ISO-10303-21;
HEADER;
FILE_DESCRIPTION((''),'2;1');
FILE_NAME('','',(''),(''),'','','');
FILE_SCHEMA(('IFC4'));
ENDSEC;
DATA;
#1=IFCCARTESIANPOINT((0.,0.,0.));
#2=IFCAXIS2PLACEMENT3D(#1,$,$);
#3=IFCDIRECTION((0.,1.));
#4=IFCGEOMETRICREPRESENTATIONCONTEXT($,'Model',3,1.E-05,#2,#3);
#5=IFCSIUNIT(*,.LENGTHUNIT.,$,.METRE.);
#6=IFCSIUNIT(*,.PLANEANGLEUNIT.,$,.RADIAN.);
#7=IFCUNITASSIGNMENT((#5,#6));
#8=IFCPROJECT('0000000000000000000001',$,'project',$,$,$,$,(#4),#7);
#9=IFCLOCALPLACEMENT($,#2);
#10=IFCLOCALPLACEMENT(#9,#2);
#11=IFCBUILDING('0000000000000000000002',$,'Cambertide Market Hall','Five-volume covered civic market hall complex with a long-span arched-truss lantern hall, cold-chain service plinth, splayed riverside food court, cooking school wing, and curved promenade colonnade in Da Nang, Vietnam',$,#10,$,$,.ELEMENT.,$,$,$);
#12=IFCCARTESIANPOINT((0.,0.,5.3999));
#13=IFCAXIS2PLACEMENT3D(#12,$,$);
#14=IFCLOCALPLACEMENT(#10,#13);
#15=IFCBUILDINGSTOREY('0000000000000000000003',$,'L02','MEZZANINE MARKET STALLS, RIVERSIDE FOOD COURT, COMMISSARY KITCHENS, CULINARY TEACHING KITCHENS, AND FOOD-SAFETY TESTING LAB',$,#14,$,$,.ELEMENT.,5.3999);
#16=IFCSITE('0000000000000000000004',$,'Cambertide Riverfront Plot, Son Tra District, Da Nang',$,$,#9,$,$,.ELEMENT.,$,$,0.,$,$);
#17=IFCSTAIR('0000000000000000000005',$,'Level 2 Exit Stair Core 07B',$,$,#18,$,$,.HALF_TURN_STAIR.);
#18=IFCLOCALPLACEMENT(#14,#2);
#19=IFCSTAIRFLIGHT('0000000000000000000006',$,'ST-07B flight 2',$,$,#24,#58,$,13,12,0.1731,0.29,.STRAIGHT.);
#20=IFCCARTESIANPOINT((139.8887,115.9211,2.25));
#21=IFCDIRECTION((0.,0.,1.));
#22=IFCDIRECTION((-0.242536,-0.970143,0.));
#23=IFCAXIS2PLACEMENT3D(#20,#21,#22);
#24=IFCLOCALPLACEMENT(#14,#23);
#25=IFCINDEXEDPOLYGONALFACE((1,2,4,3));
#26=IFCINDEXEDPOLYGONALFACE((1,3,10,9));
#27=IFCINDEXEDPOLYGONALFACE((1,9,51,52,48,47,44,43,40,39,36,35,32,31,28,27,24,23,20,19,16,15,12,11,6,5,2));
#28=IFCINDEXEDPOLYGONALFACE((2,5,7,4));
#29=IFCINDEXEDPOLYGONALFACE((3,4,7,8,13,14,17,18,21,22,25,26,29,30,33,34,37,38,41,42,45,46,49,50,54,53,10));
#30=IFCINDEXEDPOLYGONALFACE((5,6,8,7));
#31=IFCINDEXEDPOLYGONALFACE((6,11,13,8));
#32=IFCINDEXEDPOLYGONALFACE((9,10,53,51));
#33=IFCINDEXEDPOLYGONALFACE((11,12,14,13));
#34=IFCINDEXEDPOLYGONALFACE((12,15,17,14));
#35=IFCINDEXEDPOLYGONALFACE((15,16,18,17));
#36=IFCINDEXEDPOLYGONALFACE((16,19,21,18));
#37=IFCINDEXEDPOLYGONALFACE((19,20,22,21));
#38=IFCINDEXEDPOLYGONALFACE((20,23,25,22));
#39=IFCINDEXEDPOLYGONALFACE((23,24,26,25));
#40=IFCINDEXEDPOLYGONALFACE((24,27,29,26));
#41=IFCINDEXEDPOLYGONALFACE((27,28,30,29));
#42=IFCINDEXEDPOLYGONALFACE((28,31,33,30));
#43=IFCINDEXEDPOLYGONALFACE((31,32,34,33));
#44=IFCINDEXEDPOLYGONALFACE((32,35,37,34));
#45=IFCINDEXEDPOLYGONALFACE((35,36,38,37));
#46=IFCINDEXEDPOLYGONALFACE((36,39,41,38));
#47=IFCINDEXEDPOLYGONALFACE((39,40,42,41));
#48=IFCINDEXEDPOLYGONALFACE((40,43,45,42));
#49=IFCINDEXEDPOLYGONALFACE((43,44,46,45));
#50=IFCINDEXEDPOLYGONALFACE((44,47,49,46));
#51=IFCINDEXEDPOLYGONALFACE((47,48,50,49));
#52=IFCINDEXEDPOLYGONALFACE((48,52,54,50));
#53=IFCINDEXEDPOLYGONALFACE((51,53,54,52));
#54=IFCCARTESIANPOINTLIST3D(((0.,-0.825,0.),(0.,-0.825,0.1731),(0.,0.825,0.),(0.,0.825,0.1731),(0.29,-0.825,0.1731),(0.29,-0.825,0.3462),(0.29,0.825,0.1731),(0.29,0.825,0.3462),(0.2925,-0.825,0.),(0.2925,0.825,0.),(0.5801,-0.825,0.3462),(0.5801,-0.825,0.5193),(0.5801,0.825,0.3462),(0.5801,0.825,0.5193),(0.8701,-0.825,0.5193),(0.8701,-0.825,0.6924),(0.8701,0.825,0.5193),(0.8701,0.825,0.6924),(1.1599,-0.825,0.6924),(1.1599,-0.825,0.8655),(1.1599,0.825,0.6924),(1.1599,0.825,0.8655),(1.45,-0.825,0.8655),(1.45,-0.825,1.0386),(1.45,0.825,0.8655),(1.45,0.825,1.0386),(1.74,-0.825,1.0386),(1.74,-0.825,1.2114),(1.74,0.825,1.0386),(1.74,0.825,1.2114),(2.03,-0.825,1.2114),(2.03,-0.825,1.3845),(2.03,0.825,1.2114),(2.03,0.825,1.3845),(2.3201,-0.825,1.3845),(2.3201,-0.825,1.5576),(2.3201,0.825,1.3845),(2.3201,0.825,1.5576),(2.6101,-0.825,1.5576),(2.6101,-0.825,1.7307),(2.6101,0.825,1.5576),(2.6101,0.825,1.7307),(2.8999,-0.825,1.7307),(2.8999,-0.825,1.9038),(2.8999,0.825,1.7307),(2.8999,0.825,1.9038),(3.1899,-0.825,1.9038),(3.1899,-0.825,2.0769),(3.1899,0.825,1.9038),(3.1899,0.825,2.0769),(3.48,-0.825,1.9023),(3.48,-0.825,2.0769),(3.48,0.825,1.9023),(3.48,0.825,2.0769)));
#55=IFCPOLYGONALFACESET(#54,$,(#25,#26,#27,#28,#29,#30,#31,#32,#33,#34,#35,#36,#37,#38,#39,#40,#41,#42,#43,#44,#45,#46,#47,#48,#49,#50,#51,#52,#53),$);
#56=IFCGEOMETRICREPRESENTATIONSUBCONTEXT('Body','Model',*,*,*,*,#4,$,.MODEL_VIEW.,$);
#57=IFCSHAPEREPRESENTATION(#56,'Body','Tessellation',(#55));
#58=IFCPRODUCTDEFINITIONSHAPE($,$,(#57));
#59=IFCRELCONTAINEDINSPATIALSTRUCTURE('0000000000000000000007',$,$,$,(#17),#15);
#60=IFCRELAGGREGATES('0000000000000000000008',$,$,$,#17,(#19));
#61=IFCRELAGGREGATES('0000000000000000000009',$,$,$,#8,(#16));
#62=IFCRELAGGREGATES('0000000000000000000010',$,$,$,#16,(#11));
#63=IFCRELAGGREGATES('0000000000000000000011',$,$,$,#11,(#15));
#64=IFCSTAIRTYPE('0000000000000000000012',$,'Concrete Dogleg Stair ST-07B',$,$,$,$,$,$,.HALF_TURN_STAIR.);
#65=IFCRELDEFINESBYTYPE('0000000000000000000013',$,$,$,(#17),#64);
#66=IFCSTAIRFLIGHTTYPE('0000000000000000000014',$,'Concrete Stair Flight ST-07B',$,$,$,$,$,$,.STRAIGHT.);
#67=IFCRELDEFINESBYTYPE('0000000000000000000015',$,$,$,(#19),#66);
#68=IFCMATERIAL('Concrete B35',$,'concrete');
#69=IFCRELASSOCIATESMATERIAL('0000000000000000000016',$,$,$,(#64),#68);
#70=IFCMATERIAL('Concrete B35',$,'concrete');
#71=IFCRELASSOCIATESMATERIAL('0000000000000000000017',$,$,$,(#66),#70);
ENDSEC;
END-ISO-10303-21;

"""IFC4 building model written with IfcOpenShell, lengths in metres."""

from ifc_helpers import new_model, si_unit, direction, frame, origin, place, context, subcontext, project, spatial, polyline, outline, extrude, material, type_object, element, aggregate, save


model = new_model("IFC4")

# Units and contexts
model_context = context("Model", 3, precision=1e-05, world=origin(), true_north=direction((0.0, 1.0)))
body_context = subcontext(model_context, "Body", "Model", "MODEL_VIEW")
ifc_project = project(units=[si_unit("LENGTHUNIT", "METRE"), si_unit("PLANEANGLEUNIT", "RADIAN")], contexts=[model_context])

# Site, building, storey
site_placement = place(None, origin())
site = spatial("IfcSite", under=ifc_project, at=site_placement, Name="Cambertide Riverfront Plot, Son Tra District, Da Nang", CompositionType="ELEMENT", RefElevation=0.0)
building_placement = place(site_placement, origin())
building = spatial("IfcBuilding", under=site, at=building_placement, Name="Cambertide Market Hall", Description="Five-volume covered civic market hall complex with a long-span arched-truss lantern hall, cold-chain service plinth, splayed riverside food court, cooking school wing, and curved promenade colonnade in Da Nang, Vietnam", CompositionType="ELEMENT")
storey_placement = place(building_placement, frame((0.0, 0.0, 5.3999)))
storey = spatial("IfcBuildingStorey", under=building, at=storey_placement, Name="L02", Description="MEZZANINE MARKET STALLS, RIVERSIDE FOOD COURT, COMMISSARY KITCHENS, CULINARY TEACHING KITCHENS, AND FOOD-SAFETY TESTING LAB", CompositionType="ELEMENT", Elevation=5.3999)

# Stair, stair flight
ifc_material_1 = material(Name="Concrete B35", Category="concrete")
stair_type = type_object("IfcStairType", Name="Concrete Dogleg Stair ST-07B", PredefinedType="HALF_TURN_STAIR", material=ifc_material_1)
stair_placement = place(storey_placement, origin())
stair = element("IfcStair", 1, at=stair_placement, inside=storey, type_object=stair_type, Name="Level 2 Exit Stair Core 07B", PredefinedType="HALF_TURN_STAIR")
ifc_material_2 = material(Name="Concrete B35", Category="concrete")
stair_flight_type = type_object("IfcStairFlightType", Name="Concrete Stair Flight ST-07B", PredefinedType="STRAIGHT", material=ifc_material_2)
stair_flight_placement = place(storey_placement, frame((139.8887, 115.9211, 2.25), z_axis=(0.0, 0.0, 1.0), x_axis=(-0.242536, -0.970143, 0.0)))
stair_flight = element("IfcStairFlight", 2, at=stair_flight_placement, type_object=stair_flight_type, Name="ST-07B flight 2", NumberOfRisers=13, NumberOfTreads=12, PredefinedType="STRAIGHT", RiserHeight=0.1731, TreadLength=0.29, context=body_context, shape_type="SweptSolid", body=[
    extrude(outline(polyline([(0.0, 0.0), (0.0, 0.1731), (0.29, 0.1731), (0.29, 0.3462), (0.5801, 0.3462), (0.5801, 0.5193), (0.8701, 0.5193), (0.8701, 0.6924), (1.1599, 0.6924), (1.1599, 0.8655), (1.45, 0.8655), (1.45, 1.0386), (1.74, 1.0386), (1.74, 1.2114), (2.03, 1.2114), (2.03, 1.3845), (2.3201, 1.3845), (2.3201, 1.5576), (2.6101, 1.5576), (2.6101, 1.7307), (2.8999, 1.7307), (2.8999, 1.9038), (3.1899, 1.9038), (3.1899, 2.0769), (3.48, 2.0769), (3.48, 2.25), (3.48, 1.9023), (0.2925, 0.0), (0.0, 0.0)])), frame((0.0, 0.825, 0.0), z_axis=(0.0, -1.0, 0.0), x_axis=(1.0, 0.0, 0.0)), (0.0, 0.0, 1.0), 1.6499),
])
aggregate(stair, [stair_flight])

save(model, "model.ifc")
